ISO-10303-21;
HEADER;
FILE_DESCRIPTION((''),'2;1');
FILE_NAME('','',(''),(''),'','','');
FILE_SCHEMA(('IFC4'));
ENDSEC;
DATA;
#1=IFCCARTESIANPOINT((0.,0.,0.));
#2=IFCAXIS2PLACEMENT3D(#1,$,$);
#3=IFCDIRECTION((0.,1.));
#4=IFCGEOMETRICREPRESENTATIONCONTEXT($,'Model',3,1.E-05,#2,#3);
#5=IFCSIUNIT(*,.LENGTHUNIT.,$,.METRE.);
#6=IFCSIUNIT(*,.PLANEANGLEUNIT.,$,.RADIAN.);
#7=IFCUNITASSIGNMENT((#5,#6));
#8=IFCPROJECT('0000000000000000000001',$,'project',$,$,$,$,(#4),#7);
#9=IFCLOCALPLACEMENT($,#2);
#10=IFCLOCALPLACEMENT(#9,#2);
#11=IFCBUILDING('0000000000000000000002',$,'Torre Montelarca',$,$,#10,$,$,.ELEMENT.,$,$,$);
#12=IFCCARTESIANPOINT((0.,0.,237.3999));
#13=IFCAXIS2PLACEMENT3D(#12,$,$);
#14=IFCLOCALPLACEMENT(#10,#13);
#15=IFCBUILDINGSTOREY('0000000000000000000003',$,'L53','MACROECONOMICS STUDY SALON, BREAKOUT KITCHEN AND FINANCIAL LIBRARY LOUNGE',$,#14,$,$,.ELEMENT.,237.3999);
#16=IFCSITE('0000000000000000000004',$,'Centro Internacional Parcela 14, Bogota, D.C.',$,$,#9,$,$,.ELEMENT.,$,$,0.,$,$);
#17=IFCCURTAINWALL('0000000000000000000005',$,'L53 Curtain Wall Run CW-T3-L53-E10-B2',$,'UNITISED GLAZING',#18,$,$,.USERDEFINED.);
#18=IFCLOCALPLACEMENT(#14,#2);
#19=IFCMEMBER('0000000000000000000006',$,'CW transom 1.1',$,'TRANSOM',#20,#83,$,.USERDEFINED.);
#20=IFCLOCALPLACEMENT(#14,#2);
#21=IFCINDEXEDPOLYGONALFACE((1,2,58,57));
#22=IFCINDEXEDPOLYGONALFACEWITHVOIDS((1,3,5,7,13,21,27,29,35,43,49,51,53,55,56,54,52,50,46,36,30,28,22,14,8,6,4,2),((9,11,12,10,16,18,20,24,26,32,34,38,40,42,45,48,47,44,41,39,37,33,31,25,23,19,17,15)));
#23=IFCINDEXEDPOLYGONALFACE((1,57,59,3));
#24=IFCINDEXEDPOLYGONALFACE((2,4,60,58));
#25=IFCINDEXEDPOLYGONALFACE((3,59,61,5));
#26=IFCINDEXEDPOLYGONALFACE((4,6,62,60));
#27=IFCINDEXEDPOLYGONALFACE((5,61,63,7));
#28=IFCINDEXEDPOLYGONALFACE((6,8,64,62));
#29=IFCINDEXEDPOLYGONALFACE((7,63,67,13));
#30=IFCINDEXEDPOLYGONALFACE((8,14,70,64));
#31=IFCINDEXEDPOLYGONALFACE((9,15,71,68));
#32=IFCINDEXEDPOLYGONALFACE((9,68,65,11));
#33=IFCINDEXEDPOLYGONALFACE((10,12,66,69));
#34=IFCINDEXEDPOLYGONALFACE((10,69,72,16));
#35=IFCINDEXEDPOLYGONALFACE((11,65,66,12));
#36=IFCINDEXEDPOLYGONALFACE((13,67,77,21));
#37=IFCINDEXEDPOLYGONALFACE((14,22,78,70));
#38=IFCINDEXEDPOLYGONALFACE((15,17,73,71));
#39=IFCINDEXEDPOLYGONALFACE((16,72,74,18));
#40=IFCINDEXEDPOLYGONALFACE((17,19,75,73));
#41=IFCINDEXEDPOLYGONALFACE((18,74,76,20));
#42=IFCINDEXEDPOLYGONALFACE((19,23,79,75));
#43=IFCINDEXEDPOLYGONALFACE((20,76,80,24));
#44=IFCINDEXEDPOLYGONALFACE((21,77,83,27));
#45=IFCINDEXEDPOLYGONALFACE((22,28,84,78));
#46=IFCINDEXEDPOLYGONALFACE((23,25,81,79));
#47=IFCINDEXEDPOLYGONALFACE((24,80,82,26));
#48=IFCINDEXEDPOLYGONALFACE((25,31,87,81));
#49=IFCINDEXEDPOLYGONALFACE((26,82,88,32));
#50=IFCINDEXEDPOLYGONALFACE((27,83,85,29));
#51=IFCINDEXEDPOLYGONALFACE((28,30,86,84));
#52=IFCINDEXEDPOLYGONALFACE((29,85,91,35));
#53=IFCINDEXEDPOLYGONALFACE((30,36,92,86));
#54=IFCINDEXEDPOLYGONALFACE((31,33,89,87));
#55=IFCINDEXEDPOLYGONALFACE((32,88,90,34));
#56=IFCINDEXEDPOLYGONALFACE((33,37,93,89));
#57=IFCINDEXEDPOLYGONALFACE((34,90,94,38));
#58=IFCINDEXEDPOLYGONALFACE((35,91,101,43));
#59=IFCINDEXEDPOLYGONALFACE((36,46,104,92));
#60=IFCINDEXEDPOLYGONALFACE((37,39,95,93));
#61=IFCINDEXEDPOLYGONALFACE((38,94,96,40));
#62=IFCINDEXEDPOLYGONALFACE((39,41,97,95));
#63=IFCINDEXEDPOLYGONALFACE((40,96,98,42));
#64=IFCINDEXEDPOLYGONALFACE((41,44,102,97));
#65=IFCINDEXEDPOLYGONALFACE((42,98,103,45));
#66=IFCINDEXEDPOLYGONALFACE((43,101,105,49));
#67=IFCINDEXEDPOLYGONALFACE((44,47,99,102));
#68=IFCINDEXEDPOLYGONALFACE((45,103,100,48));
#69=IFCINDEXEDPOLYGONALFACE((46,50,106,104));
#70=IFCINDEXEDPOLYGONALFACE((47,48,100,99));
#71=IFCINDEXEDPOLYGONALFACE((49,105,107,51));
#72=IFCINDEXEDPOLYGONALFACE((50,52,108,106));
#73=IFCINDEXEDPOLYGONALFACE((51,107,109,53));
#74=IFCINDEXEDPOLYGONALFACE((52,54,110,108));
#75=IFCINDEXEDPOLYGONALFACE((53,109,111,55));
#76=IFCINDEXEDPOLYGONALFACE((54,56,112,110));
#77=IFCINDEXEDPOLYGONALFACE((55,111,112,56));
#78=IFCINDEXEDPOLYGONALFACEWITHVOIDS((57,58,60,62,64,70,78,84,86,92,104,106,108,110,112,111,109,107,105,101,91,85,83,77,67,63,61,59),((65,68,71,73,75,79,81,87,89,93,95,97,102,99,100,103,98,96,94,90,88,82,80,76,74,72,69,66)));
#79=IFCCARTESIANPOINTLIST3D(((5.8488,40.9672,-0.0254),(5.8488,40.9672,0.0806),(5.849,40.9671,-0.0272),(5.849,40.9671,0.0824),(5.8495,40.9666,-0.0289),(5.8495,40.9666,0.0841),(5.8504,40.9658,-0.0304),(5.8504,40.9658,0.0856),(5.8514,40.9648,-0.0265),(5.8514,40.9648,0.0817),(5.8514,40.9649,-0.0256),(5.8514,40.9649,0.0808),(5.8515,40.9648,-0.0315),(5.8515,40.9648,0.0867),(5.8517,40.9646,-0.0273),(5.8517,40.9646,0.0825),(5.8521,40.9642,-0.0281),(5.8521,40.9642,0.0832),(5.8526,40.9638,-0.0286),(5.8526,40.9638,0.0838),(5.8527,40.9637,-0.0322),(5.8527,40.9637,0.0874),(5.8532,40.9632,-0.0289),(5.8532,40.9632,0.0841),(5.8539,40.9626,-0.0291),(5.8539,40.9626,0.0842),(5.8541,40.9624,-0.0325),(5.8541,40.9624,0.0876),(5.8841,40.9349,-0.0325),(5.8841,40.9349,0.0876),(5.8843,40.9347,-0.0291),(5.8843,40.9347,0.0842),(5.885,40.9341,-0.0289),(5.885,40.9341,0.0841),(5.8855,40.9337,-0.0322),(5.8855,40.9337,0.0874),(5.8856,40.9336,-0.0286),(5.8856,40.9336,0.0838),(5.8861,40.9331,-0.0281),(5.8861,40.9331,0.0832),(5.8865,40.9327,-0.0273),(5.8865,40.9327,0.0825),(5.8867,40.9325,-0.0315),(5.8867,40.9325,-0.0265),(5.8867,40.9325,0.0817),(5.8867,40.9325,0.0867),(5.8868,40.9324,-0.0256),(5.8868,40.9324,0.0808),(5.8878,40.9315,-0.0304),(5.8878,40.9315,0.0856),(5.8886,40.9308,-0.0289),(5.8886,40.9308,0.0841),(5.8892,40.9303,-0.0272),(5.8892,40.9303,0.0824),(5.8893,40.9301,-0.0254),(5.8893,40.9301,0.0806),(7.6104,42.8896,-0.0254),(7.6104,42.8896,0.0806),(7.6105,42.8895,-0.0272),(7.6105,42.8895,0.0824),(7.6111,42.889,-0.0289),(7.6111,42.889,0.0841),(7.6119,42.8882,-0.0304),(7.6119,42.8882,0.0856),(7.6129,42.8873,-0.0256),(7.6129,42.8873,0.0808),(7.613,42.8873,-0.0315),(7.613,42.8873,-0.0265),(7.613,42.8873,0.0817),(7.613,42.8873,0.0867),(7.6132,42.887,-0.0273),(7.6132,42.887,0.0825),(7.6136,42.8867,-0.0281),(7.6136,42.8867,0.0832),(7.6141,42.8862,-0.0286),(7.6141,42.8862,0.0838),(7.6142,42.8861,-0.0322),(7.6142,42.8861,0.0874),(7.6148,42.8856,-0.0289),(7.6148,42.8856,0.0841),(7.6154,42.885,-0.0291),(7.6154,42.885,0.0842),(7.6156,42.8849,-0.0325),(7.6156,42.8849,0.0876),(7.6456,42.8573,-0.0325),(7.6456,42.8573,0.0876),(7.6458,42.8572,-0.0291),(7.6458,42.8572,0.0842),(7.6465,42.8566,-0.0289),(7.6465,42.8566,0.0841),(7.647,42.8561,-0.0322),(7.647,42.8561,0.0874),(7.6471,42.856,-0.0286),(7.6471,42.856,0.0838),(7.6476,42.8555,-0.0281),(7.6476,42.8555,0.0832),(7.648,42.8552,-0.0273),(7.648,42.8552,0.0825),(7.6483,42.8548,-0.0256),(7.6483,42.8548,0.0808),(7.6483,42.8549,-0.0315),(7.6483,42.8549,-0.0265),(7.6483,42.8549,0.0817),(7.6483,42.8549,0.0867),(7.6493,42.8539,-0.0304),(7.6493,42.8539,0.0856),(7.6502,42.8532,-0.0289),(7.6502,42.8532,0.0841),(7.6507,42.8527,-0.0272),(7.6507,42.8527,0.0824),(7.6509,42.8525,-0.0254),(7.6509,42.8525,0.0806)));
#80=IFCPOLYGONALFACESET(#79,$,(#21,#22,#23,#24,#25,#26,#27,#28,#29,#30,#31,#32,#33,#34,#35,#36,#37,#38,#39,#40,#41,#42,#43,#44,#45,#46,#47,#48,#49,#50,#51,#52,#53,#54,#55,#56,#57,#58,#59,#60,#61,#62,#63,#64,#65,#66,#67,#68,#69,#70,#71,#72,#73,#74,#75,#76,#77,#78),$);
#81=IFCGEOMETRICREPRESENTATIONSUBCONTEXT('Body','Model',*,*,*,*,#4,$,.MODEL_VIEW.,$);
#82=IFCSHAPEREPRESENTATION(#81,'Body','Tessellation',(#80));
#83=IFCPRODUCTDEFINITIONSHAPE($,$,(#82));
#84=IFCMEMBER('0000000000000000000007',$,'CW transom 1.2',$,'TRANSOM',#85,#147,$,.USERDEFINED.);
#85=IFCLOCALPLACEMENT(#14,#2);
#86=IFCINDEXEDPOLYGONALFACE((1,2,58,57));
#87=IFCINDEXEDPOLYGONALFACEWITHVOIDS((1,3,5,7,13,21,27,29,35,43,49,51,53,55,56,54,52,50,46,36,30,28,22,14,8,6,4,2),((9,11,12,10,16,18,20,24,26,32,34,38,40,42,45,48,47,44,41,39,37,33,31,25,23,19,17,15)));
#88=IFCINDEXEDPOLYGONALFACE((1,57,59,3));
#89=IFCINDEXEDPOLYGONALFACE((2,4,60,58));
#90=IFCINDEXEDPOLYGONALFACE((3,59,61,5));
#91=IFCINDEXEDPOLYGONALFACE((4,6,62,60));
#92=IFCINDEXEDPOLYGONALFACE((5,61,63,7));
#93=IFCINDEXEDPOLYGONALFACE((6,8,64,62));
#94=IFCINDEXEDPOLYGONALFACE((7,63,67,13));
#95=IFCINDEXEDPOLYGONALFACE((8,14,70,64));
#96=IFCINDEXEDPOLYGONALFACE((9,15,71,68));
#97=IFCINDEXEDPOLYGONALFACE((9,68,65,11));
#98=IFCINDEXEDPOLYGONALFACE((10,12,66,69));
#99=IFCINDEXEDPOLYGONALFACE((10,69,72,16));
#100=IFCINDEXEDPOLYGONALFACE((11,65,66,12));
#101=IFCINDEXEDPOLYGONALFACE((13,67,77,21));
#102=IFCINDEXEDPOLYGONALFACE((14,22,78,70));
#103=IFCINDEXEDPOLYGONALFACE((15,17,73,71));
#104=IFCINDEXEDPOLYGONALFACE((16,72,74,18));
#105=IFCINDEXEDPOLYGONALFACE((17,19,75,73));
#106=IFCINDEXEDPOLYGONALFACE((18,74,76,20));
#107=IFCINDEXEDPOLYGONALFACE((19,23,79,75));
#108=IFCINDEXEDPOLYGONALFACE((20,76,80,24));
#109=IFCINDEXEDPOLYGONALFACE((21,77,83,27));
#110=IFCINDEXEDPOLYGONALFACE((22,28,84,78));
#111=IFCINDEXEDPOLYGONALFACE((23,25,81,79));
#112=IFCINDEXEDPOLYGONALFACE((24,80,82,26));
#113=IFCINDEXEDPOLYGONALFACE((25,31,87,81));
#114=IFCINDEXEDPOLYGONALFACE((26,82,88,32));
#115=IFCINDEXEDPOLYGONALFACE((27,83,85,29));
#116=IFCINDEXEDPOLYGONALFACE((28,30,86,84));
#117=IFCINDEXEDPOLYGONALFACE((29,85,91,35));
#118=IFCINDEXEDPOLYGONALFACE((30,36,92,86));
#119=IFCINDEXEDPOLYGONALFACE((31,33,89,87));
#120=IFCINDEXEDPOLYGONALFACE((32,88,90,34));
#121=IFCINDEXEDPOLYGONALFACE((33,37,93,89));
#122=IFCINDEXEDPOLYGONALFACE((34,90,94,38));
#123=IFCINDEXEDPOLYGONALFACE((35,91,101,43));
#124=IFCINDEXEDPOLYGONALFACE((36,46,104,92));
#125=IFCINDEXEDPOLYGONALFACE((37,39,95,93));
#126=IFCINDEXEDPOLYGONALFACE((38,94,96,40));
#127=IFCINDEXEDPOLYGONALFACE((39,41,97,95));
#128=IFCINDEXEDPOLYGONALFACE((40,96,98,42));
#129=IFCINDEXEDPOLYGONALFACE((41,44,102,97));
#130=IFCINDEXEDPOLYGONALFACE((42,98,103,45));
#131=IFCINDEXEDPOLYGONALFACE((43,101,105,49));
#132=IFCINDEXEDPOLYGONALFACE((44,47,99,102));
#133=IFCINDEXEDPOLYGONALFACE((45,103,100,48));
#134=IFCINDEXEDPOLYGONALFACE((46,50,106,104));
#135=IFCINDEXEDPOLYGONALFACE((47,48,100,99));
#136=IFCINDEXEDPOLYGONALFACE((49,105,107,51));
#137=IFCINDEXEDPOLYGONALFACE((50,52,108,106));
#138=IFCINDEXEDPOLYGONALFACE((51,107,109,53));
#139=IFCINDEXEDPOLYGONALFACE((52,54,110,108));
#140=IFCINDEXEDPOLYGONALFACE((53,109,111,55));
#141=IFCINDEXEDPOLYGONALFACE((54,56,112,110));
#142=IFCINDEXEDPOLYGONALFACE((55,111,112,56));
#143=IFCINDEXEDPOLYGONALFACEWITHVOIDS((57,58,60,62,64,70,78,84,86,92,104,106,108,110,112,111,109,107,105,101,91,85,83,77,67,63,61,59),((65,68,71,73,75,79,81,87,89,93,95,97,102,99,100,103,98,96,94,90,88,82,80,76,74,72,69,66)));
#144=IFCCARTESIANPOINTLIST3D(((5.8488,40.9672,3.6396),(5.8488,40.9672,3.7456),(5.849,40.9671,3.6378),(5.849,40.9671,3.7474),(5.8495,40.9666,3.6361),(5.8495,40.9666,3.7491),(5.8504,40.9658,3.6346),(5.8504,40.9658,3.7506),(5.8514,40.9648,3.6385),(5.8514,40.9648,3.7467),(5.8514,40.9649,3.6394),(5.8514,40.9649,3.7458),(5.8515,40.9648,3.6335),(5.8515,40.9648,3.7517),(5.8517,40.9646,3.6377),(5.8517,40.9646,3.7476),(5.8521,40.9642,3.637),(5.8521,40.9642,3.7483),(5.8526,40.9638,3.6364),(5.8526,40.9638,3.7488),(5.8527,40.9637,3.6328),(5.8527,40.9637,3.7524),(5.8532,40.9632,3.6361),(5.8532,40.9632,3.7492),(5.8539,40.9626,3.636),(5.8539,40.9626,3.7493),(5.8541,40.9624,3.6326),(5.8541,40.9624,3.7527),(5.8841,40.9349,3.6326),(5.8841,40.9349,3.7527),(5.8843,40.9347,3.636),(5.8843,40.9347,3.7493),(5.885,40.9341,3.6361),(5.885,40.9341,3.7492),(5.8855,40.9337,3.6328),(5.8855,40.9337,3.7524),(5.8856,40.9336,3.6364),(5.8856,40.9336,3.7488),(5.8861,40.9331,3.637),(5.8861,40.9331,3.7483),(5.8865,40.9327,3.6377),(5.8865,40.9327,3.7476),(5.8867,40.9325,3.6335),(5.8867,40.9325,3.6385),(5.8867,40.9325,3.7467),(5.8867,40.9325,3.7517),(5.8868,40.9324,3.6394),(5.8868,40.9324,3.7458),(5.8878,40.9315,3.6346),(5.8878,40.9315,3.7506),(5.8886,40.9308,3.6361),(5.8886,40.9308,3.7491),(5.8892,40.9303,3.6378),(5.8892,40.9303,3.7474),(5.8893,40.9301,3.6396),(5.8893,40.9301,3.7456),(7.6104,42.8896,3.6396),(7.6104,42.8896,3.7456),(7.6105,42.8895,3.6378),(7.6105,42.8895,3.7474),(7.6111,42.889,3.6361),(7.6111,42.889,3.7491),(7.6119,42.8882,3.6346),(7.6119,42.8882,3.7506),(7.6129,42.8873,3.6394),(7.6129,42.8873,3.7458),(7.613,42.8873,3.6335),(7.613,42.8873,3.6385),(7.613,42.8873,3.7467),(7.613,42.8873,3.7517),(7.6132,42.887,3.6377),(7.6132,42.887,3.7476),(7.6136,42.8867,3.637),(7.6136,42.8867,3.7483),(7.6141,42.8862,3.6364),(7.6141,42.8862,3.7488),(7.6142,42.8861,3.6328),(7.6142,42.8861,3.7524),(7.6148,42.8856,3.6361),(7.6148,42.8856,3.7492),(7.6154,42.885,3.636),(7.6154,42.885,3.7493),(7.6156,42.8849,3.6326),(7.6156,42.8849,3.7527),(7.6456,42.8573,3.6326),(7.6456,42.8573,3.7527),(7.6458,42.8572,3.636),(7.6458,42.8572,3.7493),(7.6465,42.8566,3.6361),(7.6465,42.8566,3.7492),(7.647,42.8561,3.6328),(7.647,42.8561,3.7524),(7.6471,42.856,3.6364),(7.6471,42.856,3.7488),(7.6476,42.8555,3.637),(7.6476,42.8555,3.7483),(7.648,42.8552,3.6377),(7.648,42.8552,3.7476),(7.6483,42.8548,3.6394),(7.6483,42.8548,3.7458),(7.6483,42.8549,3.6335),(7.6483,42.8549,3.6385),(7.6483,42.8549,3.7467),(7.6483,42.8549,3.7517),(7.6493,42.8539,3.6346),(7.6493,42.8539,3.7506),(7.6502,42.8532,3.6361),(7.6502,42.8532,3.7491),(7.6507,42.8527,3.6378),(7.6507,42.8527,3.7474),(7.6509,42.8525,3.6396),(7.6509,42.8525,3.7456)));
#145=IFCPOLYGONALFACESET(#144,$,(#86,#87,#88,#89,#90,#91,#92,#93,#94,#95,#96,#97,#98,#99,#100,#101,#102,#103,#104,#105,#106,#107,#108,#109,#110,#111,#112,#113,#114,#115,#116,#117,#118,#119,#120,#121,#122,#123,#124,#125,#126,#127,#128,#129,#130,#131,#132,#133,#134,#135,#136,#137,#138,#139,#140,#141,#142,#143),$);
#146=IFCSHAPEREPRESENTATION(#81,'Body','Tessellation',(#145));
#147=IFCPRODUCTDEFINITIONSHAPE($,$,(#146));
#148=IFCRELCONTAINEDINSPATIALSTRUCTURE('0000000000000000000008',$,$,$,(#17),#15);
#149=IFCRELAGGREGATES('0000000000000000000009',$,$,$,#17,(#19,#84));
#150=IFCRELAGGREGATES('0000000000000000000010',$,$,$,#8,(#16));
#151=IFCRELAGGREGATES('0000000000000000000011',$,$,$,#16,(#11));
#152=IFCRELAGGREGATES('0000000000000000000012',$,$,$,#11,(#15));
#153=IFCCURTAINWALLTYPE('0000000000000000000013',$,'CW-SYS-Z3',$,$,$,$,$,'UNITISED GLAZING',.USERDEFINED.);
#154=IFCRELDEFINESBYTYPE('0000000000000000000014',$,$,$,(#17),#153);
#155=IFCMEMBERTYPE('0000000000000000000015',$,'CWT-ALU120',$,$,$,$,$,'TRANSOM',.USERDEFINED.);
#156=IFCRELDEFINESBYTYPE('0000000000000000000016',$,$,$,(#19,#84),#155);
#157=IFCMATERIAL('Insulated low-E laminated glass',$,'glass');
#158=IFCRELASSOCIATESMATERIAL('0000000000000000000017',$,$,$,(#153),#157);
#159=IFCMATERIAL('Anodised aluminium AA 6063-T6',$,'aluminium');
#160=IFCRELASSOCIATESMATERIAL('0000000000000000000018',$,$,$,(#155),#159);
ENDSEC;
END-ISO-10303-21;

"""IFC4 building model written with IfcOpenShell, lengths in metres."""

from ifc_helpers import new_model, si_unit, direction, frame, origin, origin_2d, place, context, subcontext, project, spatial, hollow_rectangle, extrude, source, transform, mapped, material, material_profile, profile_set, type_object, element, aggregate, save


model = new_model("IFC4")

# Units and contexts
model_context = context("Model", 3, precision=1e-05, world=origin(), true_north=direction((0.0, 1.0)))
body_context = subcontext(model_context, "Body", "Model", "MODEL_VIEW")
ifc_project = project(units=[si_unit("LENGTHUNIT", "METRE"), si_unit("PLANEANGLEUNIT", "RADIAN")], contexts=[model_context])

# Site, building, storey
site_placement = place(None, origin())
site = spatial("IfcSite", under=ifc_project, at=site_placement, Name="Centro Internacional Parcela 14, Bogota, D.C.", CompositionType="ELEMENT", RefElevation=0.0)
building_placement = place(site_placement, origin())
building = spatial("IfcBuilding", under=site, at=building_placement, Name="Torre Montelarca", CompositionType="ELEMENT")
storey_placement = place(building_placement, frame((0.0, 0.0, 237.3999)))
storey = spatial("IfcBuildingStorey", under=building, at=storey_placement, Name="L53", Description="MACROECONOMICS STUDY SALON, BREAKOUT KITCHEN AND FINANCIAL LIBRARY LOUNGE", CompositionType="ELEMENT", Elevation=237.3999)

# Curtain wall, members
ifc_material_1 = material(Name="Insulated low-E laminated glass", Category="glass")
curtain_wall_type = type_object("IfcCurtainWallType", Name="CW-SYS-Z3", ElementType="UNITISED GLAZING", PredefinedType="USERDEFINED", material=ifc_material_1)
ifc_material_2 = material(Name="Anodised aluminium AA 6063-T6", Category="aluminium")
ifc_material_profile_1 = material_profile(ifc_material_2, hollow_rectangle(XDim=0.0549, YDim=0.1201, WallThickness=0.0034, InnerFilletRadius=0.0034, OuterFilletRadius=0.0071, at=origin_2d()), Name="ALU55X120X3.5", Category="aluminium")
ifc_profile_set_1 = profile_set([ifc_material_profile_1], Name="Anodised aluminium AA 6063-T6")
member_type_1 = type_object("IfcMemberType", Name="CWT-ALU120", ElementType="TRANSOM", PredefinedType="USERDEFINED", material=ifc_profile_set_1)
shared_shape_1 = source(origin(), body_context, "Body", "SweptSolid", [
    extrude(hollow_rectangle(XDim=0.0549, YDim=0.1201, WallThickness=0.0034, InnerFilletRadius=0.0034, OuterFilletRadius=0.0071, at=origin_2d()), origin(), (0.0, 0.0, 1.0), 2.6074),
])
curtain_wall_1_placement = place(storey_placement, origin())
curtain_wall_1 = element("IfcCurtainWall", 1, at=curtain_wall_1_placement, inside=storey, type_object=curtain_wall_type, Name="L53 Curtain Wall Run CW-T3-L53-E10-B2", ObjectType="UNITISED GLAZING", PredefinedType="USERDEFINED")
member_1_placement = place(storey_placement, frame((7.6306, 42.8711, 0.0276), z_axis=(-0.67558, -0.737286, 0.0), x_axis=(0.737286, -0.67558, 0.0)))
member_1 = element("IfcMember", 2, at=member_1_placement, type_object=member_type_1, Name="CW transom 1.1", ObjectType="TRANSOM", PredefinedType="USERDEFINED", context=body_context, shape_type="MappedRepresentation", body=[
    mapped(shared_shape_1, transform((0.0, 0.0, 0.0), scale=1.0)),
])
member_2_placement = place(storey_placement, frame((7.6306, 42.8711, 3.6926), z_axis=(-0.67558, -0.737286, 0.0), x_axis=(0.737286, -0.67558, 0.0)))
member_2 = element("IfcMember", 3, at=member_2_placement, type_object=member_type_1, Name="CW transom 1.2", ObjectType="TRANSOM", PredefinedType="USERDEFINED", context=body_context, shape_type="MappedRepresentation", body=[
    mapped(shared_shape_1, transform((0.0, 0.0, 0.0), scale=1.0)),
])

aggregate(curtain_wall_1, [member_1, member_2])

save(model, "model.ifc")
